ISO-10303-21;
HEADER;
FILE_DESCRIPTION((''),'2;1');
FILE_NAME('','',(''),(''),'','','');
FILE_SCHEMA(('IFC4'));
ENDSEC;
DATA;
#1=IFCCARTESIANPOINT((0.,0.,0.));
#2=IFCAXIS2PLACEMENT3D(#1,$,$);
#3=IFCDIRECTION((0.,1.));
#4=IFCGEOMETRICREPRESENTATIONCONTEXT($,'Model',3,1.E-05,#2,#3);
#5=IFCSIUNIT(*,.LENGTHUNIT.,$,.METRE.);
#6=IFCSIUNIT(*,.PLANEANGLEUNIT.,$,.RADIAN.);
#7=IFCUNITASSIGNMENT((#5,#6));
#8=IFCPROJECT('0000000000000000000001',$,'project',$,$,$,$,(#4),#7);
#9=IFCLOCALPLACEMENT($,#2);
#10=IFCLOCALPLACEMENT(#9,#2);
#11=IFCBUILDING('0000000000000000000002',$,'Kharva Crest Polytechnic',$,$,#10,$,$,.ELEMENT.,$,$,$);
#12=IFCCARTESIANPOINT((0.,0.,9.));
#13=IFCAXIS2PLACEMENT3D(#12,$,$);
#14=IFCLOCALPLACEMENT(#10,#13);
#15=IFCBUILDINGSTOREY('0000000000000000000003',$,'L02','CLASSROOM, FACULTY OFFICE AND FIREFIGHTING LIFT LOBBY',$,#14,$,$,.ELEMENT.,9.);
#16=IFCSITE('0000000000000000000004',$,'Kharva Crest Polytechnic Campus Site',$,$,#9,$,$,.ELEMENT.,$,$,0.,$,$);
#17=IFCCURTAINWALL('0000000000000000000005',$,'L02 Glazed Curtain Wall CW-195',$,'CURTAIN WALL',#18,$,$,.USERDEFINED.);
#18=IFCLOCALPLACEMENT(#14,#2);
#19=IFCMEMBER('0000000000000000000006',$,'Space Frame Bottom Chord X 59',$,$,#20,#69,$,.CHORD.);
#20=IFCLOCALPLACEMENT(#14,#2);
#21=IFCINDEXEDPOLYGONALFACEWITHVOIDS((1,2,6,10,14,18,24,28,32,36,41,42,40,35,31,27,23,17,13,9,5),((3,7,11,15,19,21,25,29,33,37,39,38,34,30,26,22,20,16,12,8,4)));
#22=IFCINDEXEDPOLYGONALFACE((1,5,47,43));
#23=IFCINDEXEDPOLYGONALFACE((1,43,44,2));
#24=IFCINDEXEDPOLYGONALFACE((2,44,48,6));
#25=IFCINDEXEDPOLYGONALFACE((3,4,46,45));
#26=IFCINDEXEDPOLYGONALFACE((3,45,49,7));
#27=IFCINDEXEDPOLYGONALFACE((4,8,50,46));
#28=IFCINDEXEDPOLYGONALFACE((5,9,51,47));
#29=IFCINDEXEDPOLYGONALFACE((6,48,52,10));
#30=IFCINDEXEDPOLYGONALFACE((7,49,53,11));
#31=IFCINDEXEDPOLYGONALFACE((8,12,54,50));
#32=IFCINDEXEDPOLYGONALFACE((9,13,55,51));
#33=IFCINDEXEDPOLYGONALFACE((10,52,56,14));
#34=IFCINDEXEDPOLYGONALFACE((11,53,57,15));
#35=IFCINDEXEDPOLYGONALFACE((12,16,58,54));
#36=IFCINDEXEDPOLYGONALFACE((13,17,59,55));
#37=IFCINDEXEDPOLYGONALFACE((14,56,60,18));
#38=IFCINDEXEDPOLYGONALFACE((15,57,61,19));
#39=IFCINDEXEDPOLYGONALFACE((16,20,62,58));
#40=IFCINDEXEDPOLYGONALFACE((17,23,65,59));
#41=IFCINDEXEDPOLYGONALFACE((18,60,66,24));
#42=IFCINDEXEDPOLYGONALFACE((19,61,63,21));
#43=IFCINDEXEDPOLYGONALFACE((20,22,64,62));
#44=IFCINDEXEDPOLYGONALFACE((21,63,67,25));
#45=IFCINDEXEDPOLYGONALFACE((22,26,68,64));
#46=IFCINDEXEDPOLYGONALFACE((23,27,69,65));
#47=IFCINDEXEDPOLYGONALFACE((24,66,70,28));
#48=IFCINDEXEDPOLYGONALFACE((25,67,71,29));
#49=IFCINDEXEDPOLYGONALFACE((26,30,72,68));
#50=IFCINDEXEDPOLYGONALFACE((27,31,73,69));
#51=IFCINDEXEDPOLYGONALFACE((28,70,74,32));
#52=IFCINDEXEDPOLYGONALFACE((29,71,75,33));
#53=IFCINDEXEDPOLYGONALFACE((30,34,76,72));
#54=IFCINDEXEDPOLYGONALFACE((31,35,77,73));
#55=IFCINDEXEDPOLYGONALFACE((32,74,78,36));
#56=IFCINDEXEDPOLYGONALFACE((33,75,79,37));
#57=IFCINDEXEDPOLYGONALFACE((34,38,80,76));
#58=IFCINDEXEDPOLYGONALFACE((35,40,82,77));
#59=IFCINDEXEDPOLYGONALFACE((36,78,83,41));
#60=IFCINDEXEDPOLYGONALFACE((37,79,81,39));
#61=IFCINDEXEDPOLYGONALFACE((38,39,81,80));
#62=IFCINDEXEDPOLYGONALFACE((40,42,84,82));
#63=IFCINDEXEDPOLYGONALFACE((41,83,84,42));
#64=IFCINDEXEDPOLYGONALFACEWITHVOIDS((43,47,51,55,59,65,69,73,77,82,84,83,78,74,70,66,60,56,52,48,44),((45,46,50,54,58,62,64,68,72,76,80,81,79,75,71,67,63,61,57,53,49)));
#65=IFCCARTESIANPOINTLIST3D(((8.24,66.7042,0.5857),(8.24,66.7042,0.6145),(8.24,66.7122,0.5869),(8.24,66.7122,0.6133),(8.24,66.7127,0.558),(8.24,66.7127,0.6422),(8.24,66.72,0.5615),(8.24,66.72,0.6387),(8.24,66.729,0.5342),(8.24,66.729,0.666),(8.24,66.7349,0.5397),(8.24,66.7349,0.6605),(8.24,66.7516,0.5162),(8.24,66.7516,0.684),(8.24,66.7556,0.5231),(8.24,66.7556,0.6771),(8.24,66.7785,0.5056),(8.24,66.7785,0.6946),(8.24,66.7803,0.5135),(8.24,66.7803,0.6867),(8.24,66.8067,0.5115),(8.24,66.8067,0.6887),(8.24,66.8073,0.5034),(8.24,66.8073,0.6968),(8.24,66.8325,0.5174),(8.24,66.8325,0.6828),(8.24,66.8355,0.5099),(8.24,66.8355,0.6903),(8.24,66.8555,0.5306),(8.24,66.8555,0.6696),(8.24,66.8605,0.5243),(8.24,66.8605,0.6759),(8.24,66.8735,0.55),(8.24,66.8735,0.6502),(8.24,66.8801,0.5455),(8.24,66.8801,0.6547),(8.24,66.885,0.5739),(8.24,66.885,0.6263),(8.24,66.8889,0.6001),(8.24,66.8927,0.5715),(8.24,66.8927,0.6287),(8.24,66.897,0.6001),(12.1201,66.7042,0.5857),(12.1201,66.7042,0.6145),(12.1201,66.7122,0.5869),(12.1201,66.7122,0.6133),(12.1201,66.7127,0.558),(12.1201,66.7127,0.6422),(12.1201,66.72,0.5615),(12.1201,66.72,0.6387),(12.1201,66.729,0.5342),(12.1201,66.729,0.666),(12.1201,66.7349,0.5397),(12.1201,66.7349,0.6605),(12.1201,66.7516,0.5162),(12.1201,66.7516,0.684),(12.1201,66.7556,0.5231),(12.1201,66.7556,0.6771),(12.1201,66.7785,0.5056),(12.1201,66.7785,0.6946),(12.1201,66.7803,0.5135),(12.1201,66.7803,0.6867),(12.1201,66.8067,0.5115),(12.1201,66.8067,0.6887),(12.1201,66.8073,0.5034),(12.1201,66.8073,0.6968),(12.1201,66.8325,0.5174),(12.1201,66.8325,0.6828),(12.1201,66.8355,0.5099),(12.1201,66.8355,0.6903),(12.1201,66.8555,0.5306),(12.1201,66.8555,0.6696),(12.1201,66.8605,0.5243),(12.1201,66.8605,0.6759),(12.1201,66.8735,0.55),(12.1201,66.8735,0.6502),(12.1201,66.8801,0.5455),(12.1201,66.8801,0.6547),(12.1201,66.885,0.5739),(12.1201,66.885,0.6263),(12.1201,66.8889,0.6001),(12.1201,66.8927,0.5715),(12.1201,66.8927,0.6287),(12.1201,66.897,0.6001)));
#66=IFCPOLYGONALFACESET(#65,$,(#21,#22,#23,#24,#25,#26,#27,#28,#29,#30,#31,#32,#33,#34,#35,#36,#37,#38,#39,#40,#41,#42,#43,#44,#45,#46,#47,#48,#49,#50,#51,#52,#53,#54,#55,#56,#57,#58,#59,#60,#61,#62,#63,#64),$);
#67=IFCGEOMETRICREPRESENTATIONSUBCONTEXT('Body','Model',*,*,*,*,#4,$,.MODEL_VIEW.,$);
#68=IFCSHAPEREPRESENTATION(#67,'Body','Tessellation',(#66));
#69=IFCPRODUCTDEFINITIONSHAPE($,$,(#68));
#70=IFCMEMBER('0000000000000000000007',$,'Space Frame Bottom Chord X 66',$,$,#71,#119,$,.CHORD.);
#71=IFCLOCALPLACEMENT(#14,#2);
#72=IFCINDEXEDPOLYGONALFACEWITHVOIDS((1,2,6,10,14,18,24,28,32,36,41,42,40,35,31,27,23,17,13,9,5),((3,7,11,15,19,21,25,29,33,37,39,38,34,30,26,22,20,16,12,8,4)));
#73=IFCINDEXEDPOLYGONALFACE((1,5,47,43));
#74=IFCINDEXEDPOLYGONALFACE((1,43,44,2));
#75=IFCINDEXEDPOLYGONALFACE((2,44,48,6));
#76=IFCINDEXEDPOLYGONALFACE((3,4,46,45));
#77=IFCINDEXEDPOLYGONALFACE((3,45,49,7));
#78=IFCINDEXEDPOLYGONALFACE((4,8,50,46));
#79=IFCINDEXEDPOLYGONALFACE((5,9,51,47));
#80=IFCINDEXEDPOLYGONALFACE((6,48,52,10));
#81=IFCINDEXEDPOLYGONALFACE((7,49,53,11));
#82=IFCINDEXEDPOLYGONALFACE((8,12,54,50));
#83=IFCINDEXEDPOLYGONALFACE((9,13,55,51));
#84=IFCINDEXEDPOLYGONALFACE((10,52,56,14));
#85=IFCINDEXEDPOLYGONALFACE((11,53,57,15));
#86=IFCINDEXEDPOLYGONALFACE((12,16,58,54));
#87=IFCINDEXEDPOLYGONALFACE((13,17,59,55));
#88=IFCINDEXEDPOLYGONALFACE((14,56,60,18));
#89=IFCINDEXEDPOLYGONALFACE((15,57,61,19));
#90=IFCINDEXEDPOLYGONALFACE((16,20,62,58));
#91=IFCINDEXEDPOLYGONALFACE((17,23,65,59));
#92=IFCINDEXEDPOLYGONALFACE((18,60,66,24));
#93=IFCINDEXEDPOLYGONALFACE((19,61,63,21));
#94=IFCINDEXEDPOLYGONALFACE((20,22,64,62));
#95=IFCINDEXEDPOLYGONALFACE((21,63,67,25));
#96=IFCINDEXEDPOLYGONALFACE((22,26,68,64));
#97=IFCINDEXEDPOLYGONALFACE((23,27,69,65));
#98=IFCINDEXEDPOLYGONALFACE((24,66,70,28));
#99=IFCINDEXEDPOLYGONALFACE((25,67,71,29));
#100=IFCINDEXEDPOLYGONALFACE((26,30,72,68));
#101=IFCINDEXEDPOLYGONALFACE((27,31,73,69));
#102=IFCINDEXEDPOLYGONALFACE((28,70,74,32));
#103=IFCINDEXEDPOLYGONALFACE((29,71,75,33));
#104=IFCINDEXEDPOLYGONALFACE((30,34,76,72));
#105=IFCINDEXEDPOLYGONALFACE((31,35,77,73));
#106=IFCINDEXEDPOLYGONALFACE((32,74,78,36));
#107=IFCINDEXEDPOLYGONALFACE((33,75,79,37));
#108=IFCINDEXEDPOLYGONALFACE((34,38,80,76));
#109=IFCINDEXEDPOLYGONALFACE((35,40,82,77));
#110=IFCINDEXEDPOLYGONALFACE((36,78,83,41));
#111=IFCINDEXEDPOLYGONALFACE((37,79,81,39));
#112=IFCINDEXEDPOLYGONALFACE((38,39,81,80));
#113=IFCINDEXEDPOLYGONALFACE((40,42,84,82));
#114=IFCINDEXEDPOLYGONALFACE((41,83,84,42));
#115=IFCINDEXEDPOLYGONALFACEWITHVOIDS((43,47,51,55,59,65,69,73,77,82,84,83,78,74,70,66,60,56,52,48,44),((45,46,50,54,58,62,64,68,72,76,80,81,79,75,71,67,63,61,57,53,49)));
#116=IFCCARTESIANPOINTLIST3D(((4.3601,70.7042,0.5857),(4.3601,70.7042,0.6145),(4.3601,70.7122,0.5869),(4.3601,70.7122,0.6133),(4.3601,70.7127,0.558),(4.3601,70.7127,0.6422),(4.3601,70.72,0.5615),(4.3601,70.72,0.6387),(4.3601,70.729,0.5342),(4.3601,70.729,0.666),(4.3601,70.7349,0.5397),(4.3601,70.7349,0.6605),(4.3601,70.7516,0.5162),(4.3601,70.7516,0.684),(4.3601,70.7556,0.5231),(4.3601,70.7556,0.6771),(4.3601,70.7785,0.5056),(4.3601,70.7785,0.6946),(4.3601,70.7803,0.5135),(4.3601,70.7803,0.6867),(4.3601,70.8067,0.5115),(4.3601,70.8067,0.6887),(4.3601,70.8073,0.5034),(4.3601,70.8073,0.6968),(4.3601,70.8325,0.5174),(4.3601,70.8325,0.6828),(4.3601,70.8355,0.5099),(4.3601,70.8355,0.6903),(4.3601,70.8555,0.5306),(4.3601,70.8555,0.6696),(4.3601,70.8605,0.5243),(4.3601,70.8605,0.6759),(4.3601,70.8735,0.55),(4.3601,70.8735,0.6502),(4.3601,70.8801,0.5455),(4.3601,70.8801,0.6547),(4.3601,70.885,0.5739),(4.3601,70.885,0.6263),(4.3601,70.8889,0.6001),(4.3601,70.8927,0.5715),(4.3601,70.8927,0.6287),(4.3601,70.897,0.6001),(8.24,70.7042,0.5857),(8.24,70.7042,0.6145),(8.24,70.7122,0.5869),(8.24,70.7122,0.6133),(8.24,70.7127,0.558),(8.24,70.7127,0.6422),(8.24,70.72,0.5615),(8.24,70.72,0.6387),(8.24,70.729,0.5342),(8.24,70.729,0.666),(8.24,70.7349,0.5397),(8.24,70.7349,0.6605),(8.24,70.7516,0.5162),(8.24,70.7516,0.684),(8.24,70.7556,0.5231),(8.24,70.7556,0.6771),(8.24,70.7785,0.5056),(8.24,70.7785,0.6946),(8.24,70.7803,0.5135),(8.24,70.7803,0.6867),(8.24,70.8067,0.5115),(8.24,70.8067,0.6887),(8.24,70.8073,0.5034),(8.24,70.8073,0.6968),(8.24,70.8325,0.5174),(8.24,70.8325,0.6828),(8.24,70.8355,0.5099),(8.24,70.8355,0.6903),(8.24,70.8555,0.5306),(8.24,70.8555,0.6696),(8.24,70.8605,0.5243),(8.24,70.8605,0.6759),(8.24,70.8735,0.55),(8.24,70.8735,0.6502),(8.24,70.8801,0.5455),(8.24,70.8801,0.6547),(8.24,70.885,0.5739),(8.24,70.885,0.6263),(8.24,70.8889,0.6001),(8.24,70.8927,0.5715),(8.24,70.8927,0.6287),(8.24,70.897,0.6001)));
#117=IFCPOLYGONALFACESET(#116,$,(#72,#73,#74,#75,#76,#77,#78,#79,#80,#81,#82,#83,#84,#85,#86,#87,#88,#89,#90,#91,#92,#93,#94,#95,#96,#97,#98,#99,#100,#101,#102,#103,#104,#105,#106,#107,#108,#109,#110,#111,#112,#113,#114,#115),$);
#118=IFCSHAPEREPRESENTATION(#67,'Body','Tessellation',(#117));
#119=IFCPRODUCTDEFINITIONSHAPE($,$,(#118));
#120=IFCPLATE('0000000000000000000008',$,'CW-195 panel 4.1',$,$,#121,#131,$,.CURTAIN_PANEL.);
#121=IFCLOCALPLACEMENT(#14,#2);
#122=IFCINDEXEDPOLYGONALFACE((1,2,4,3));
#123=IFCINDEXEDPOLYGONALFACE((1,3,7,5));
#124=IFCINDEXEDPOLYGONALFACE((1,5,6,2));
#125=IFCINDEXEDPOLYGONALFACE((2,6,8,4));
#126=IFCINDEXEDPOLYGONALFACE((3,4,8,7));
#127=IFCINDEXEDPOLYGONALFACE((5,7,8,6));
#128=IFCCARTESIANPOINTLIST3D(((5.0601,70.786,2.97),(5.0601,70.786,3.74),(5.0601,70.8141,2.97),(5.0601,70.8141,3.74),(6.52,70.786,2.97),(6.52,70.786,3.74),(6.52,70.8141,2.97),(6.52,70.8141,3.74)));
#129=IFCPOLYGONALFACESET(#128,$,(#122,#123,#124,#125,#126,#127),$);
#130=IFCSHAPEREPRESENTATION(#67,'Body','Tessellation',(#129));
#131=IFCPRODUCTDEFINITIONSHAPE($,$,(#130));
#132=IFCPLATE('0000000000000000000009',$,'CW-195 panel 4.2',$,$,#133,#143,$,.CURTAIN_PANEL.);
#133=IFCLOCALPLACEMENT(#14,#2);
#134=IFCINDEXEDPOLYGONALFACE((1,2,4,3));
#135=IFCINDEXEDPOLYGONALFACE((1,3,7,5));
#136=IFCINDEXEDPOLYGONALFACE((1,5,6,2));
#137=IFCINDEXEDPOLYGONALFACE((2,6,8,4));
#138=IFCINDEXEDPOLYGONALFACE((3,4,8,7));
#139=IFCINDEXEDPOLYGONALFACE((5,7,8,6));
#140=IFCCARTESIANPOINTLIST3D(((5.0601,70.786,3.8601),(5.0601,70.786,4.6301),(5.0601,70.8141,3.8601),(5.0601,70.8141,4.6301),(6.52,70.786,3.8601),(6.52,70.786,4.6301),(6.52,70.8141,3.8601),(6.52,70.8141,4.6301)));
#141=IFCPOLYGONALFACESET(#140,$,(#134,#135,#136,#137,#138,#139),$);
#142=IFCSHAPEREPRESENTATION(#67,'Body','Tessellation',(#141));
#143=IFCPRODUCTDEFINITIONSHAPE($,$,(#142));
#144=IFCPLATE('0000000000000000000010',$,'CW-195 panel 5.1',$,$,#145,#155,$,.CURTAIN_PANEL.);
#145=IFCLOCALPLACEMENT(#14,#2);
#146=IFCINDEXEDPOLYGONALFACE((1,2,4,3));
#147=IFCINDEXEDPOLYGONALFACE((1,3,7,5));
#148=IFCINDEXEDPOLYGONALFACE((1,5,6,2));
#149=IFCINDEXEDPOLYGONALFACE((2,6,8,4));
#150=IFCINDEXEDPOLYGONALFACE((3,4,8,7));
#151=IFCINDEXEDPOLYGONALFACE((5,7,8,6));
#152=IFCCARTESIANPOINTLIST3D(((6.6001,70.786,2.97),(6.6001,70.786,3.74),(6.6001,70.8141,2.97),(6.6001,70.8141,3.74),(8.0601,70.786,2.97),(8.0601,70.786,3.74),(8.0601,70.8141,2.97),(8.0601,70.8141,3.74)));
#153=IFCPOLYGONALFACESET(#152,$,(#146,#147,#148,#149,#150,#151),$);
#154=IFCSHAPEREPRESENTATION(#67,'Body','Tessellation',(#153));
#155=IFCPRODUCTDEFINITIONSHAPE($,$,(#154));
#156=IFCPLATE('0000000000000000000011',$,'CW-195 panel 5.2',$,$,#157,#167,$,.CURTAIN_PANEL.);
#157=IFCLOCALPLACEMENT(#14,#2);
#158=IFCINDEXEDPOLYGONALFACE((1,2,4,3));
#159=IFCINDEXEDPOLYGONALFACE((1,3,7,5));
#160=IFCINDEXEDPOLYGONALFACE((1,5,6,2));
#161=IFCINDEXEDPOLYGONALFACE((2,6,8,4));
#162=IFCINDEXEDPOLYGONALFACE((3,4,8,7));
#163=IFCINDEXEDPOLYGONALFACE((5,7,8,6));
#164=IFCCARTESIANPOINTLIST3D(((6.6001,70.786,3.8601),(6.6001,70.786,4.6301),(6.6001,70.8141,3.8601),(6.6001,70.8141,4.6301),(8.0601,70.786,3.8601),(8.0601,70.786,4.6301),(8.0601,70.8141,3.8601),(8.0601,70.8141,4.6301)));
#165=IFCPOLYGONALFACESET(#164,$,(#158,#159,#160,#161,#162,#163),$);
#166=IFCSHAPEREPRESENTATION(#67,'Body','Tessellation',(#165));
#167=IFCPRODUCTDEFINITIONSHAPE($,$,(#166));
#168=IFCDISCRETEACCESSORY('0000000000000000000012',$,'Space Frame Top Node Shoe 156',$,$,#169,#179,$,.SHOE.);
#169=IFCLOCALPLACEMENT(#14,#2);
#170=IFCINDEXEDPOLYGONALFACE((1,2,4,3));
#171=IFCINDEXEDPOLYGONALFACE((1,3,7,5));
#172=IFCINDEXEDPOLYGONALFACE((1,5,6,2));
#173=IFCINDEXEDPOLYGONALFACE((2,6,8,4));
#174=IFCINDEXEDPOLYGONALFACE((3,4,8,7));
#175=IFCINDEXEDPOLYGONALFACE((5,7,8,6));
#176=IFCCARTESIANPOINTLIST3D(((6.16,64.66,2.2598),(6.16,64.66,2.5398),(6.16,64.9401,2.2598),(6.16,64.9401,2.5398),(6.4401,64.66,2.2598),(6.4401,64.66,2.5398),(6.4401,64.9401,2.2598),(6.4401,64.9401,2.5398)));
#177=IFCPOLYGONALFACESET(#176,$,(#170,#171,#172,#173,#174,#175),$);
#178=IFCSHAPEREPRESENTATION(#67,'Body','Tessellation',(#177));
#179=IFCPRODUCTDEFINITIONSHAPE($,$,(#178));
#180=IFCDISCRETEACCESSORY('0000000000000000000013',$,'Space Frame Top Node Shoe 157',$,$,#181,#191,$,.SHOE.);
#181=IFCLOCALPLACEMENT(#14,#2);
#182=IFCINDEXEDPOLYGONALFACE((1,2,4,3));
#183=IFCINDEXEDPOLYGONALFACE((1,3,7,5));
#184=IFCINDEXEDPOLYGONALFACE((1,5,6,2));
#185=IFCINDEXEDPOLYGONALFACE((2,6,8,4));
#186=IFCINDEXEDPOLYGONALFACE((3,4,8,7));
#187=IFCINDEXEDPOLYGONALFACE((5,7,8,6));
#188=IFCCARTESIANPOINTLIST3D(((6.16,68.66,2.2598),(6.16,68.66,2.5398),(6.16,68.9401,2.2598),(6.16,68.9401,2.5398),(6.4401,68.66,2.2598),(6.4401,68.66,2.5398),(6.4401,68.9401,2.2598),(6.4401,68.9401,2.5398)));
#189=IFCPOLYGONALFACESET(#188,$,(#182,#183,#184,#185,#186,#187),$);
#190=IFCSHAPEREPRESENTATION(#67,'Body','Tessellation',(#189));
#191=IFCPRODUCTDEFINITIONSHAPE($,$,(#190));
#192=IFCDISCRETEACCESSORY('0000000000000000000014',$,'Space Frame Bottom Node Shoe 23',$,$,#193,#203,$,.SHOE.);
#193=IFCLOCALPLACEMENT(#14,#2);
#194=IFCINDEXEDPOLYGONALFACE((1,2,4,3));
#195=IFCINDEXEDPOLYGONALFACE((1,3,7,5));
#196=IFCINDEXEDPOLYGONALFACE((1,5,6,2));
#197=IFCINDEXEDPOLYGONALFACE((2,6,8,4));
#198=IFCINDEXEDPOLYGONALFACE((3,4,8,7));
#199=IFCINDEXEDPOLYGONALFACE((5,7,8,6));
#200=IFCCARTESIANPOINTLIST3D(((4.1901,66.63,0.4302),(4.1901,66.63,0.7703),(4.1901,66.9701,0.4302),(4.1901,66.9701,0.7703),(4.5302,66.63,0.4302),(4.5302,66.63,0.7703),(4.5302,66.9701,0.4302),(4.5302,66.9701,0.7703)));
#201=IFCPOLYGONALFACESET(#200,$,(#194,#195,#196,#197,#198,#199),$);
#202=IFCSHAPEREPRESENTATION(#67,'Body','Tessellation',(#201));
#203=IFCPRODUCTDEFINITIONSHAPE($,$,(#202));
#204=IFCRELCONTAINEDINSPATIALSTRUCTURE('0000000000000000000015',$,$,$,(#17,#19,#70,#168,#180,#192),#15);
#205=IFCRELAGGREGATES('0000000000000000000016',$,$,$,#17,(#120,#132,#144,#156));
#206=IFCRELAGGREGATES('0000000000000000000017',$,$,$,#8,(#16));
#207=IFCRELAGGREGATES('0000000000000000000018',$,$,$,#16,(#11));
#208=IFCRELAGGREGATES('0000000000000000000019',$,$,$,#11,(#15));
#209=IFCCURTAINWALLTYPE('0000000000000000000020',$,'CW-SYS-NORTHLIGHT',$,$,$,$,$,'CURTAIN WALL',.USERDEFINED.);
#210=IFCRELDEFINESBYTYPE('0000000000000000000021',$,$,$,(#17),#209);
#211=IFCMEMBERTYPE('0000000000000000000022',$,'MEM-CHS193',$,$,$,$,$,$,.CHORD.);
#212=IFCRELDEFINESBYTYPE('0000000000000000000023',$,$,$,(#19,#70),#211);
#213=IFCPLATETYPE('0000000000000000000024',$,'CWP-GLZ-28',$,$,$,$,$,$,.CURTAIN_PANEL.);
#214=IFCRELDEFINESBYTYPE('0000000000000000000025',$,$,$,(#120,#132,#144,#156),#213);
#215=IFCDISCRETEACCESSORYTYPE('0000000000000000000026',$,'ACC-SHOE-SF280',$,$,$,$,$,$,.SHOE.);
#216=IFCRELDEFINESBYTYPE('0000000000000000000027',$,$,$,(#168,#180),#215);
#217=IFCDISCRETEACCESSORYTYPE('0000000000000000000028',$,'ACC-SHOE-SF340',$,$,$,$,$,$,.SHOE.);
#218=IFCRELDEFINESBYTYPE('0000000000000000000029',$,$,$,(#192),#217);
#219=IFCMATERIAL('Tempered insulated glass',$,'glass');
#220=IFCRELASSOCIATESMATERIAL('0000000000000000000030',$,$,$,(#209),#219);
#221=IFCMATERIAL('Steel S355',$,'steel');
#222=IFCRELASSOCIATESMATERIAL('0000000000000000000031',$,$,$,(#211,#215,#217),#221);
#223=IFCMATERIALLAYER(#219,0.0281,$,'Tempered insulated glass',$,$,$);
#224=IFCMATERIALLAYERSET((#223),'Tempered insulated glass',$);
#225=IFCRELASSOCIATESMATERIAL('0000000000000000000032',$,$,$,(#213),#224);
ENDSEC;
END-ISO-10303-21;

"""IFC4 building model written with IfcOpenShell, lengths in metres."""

from ifc_helpers import new_model, si_unit, direction, frame, origin, origin_2d, place, context, subcontext, project, spatial, rectangle, hollow_circle, extrude, material, layer, layer_set, material_profile, profile_set, type_object, element, aggregate, save


model = new_model("IFC4")

# Units and contexts
model_context = context("Model", 3, precision=1e-05, world=origin(), true_north=direction((0.0, 1.0)))
body_context = subcontext(model_context, "Body", "Model", "MODEL_VIEW")
ifc_project = project(units=[si_unit("LENGTHUNIT", "METRE"), si_unit("PLANEANGLEUNIT", "RADIAN")], contexts=[model_context])

# Site, building, storey
site_placement = place(None, origin())
site = spatial("IfcSite", under=ifc_project, at=site_placement, Name="Kharva Crest Polytechnic Campus Site", CompositionType="ELEMENT", RefElevation=0.0)
building_placement = place(site_placement, origin())
building = spatial("IfcBuilding", under=site, at=building_placement, Name="Kharva Crest Polytechnic", CompositionType="ELEMENT")
storey_placement = place(building_placement, frame((0.0, 0.0, 9.0)))
storey = spatial("IfcBuildingStorey", under=building, at=storey_placement, Name="L02", Description="CLASSROOM, FACULTY OFFICE AND FIREFIGHTING LIFT LOBBY", CompositionType="ELEMENT", Elevation=9.0)

# Curtain wall
ifc_material_1 = material(Name="Tempered insulated glass", Category="glass")
curtain_wall_type = type_object("IfcCurtainWallType", Name="CW-SYS-NORTHLIGHT", ElementType="CURTAIN WALL", PredefinedType="USERDEFINED", material=ifc_material_1)
curtain_wall_placement = place(storey_placement, origin())
curtain_wall = element("IfcCurtainWall", 1, at=curtain_wall_placement, inside=storey, type_object=curtain_wall_type, Name="L02 Glazed Curtain Wall CW-195", ObjectType="CURTAIN WALL", PredefinedType="USERDEFINED")
ifc_material_2 = material(Name="Steel S355", Category="steel")

# Members
ifc_material_profile_1 = material_profile(ifc_material_2, hollow_circle(Radius=0.0969, WallThickness=0.0081, at=origin_2d()), Name="CHS 193.7X8.0")
ifc_profile_set_1 = profile_set([ifc_material_profile_1], Name="Steel S355")
member_type_1 = type_object("IfcMemberType", Name="MEM-CHS193", PredefinedType="CHORD", material=ifc_profile_set_1)
member_1_placement = place(storey_placement, frame((8.24, 66.8, 0.6001), z_axis=(1.0, 0.0, 0.0), x_axis=(0.0, 1.0, 0.0)))
element("IfcMember", 2, at=member_1_placement, inside=storey, type_object=member_type_1, Name="Space Frame Bottom Chord X 59", PredefinedType="CHORD", context=body_context, shape_type="SweptSolid", body=[
    extrude(hollow_circle(Radius=0.0969, WallThickness=0.0081, at=origin_2d()), origin(), (0.0, 0.0, 1.0), 3.8801),
])
member_2_placement = place(storey_placement, frame((4.3601, 70.8, 0.6001), z_axis=(1.0, 0.0, 0.0), x_axis=(0.0, 1.0, 0.0)))
element("IfcMember", 3, at=member_2_placement, inside=storey, type_object=member_type_1, Name="Space Frame Bottom Chord X 66", PredefinedType="CHORD", context=body_context, shape_type="SweptSolid", body=[
    extrude(hollow_circle(Radius=0.0969, WallThickness=0.0081, at=origin_2d()), origin(), (0.0, 0.0, 1.0), 3.8799),
])

# Plates
ifc_layer = layer(ifc_material_1, 0.0281, Name="Tempered insulated glass")
ifc_layer_set = layer_set([ifc_layer], Name="Tempered insulated glass")
plate_type = type_object("IfcPlateType", Name="CWP-GLZ-28", PredefinedType="CURTAIN_PANEL", material=ifc_layer_set)
plate_1_placement = place(storey_placement, frame((5.79, 70.8, 2.97), z_axis=(0.0, 0.0, 1.0), x_axis=(1.0, 0.0, 0.0)))
plate_1 = element("IfcPlate", 4, at=plate_1_placement, type_object=plate_type, Name="CW-195 panel 4.1", PredefinedType="CURTAIN_PANEL", context=body_context, shape_type="SweptSolid", body=[
    extrude(rectangle(XDim=1.46, YDim=0.0281, at=origin_2d()), origin(), (0.0, 0.0, 1.0), 0.77),
])
plate_2_placement = place(storey_placement, frame((5.79, 70.8, 3.8601), z_axis=(0.0, 0.0, 1.0), x_axis=(1.0, 0.0, 0.0)))
plate_2 = element("IfcPlate", 5, at=plate_2_placement, type_object=plate_type, Name="CW-195 panel 4.2", PredefinedType="CURTAIN_PANEL", context=body_context, shape_type="SweptSolid", body=[
    extrude(rectangle(XDim=1.46, YDim=0.0281, at=origin_2d()), origin(), (0.0, 0.0, 1.0), 0.77),
])
plate_3_placement = place(storey_placement, frame((7.3301, 70.8, 2.97), z_axis=(0.0, 0.0, 1.0), x_axis=(1.0, 0.0, 0.0)))
plate_3 = element("IfcPlate", 6, at=plate_3_placement, type_object=plate_type, Name="CW-195 panel 5.1", PredefinedType="CURTAIN_PANEL", context=body_context, shape_type="SweptSolid", body=[
    extrude(rectangle(XDim=1.46, YDim=0.0281, at=origin_2d()), origin(), (0.0, 0.0, 1.0), 0.77),
])
plate_4_placement = place(storey_placement, frame((7.3301, 70.8, 3.8601), z_axis=(0.0, 0.0, 1.0), x_axis=(1.0, 0.0, 0.0)))
plate_4 = element("IfcPlate", 7, at=plate_4_placement, type_object=plate_type, Name="CW-195 panel 5.2", PredefinedType="CURTAIN_PANEL", context=body_context, shape_type="SweptSolid", body=[
    extrude(rectangle(XDim=1.46, YDim=0.0281, at=origin_2d()), origin(), (0.0, 0.0, 1.0), 0.77),
])
aggregate(curtain_wall, [plate_1, plate_2, plate_3, plate_4])

# Discrete accessories
discrete_accessory_type_1 = type_object("IfcDiscreteAccessoryType", Name="ACC-SHOE-SF280", PredefinedType="SHOE", material=ifc_material_2)
for number, where, z_axis, x_axis, name in (
    (8, (6.3, 64.8, 2.2598), (0.0, 0.0, 1.0), (1.0, 0.0, 0.0), "Space Frame Top Node Shoe 156"),
    (9, (6.3, 68.8, 2.2598), (0.0, 0.0, 1.0), (1.0, 0.0, 0.0), "Space Frame Top Node Shoe 157"),
):
    element("IfcDiscreteAccessory", number, at=place(storey_placement, frame(where, z_axis=z_axis, x_axis=x_axis)), inside=storey, type_object=discrete_accessory_type_1, Name=name, PredefinedType="SHOE", context=body_context, shape_type="SweptSolid", body=[
        extrude(rectangle(XDim=0.28, YDim=0.28, at=origin_2d()), origin(), (0.0, 0.0, 1.0), 0.28),
    ])
discrete_accessory_type_2 = type_object("IfcDiscreteAccessoryType", Name="ACC-SHOE-SF340", PredefinedType="SHOE", material=ifc_material_2)
for number, where, z_axis, x_axis, name in (
    (10, (4.3601, 66.8, 0.4302), (0.0, 0.0, 1.0), (1.0, 0.0, 0.0), "Space Frame Bottom Node Shoe 23"),
):
    element("IfcDiscreteAccessory", number, at=place(storey_placement, frame(where, z_axis=z_axis, x_axis=x_axis)), inside=storey, type_object=discrete_accessory_type_2, Name=name, PredefinedType="SHOE", context=body_context, shape_type="SweptSolid", body=[
        extrude(rectangle(XDim=0.3401, YDim=0.3401, at=origin_2d()), origin(), (0.0, 0.0, 1.0), 0.3401),
    ])

save(model, "model.ifc")
